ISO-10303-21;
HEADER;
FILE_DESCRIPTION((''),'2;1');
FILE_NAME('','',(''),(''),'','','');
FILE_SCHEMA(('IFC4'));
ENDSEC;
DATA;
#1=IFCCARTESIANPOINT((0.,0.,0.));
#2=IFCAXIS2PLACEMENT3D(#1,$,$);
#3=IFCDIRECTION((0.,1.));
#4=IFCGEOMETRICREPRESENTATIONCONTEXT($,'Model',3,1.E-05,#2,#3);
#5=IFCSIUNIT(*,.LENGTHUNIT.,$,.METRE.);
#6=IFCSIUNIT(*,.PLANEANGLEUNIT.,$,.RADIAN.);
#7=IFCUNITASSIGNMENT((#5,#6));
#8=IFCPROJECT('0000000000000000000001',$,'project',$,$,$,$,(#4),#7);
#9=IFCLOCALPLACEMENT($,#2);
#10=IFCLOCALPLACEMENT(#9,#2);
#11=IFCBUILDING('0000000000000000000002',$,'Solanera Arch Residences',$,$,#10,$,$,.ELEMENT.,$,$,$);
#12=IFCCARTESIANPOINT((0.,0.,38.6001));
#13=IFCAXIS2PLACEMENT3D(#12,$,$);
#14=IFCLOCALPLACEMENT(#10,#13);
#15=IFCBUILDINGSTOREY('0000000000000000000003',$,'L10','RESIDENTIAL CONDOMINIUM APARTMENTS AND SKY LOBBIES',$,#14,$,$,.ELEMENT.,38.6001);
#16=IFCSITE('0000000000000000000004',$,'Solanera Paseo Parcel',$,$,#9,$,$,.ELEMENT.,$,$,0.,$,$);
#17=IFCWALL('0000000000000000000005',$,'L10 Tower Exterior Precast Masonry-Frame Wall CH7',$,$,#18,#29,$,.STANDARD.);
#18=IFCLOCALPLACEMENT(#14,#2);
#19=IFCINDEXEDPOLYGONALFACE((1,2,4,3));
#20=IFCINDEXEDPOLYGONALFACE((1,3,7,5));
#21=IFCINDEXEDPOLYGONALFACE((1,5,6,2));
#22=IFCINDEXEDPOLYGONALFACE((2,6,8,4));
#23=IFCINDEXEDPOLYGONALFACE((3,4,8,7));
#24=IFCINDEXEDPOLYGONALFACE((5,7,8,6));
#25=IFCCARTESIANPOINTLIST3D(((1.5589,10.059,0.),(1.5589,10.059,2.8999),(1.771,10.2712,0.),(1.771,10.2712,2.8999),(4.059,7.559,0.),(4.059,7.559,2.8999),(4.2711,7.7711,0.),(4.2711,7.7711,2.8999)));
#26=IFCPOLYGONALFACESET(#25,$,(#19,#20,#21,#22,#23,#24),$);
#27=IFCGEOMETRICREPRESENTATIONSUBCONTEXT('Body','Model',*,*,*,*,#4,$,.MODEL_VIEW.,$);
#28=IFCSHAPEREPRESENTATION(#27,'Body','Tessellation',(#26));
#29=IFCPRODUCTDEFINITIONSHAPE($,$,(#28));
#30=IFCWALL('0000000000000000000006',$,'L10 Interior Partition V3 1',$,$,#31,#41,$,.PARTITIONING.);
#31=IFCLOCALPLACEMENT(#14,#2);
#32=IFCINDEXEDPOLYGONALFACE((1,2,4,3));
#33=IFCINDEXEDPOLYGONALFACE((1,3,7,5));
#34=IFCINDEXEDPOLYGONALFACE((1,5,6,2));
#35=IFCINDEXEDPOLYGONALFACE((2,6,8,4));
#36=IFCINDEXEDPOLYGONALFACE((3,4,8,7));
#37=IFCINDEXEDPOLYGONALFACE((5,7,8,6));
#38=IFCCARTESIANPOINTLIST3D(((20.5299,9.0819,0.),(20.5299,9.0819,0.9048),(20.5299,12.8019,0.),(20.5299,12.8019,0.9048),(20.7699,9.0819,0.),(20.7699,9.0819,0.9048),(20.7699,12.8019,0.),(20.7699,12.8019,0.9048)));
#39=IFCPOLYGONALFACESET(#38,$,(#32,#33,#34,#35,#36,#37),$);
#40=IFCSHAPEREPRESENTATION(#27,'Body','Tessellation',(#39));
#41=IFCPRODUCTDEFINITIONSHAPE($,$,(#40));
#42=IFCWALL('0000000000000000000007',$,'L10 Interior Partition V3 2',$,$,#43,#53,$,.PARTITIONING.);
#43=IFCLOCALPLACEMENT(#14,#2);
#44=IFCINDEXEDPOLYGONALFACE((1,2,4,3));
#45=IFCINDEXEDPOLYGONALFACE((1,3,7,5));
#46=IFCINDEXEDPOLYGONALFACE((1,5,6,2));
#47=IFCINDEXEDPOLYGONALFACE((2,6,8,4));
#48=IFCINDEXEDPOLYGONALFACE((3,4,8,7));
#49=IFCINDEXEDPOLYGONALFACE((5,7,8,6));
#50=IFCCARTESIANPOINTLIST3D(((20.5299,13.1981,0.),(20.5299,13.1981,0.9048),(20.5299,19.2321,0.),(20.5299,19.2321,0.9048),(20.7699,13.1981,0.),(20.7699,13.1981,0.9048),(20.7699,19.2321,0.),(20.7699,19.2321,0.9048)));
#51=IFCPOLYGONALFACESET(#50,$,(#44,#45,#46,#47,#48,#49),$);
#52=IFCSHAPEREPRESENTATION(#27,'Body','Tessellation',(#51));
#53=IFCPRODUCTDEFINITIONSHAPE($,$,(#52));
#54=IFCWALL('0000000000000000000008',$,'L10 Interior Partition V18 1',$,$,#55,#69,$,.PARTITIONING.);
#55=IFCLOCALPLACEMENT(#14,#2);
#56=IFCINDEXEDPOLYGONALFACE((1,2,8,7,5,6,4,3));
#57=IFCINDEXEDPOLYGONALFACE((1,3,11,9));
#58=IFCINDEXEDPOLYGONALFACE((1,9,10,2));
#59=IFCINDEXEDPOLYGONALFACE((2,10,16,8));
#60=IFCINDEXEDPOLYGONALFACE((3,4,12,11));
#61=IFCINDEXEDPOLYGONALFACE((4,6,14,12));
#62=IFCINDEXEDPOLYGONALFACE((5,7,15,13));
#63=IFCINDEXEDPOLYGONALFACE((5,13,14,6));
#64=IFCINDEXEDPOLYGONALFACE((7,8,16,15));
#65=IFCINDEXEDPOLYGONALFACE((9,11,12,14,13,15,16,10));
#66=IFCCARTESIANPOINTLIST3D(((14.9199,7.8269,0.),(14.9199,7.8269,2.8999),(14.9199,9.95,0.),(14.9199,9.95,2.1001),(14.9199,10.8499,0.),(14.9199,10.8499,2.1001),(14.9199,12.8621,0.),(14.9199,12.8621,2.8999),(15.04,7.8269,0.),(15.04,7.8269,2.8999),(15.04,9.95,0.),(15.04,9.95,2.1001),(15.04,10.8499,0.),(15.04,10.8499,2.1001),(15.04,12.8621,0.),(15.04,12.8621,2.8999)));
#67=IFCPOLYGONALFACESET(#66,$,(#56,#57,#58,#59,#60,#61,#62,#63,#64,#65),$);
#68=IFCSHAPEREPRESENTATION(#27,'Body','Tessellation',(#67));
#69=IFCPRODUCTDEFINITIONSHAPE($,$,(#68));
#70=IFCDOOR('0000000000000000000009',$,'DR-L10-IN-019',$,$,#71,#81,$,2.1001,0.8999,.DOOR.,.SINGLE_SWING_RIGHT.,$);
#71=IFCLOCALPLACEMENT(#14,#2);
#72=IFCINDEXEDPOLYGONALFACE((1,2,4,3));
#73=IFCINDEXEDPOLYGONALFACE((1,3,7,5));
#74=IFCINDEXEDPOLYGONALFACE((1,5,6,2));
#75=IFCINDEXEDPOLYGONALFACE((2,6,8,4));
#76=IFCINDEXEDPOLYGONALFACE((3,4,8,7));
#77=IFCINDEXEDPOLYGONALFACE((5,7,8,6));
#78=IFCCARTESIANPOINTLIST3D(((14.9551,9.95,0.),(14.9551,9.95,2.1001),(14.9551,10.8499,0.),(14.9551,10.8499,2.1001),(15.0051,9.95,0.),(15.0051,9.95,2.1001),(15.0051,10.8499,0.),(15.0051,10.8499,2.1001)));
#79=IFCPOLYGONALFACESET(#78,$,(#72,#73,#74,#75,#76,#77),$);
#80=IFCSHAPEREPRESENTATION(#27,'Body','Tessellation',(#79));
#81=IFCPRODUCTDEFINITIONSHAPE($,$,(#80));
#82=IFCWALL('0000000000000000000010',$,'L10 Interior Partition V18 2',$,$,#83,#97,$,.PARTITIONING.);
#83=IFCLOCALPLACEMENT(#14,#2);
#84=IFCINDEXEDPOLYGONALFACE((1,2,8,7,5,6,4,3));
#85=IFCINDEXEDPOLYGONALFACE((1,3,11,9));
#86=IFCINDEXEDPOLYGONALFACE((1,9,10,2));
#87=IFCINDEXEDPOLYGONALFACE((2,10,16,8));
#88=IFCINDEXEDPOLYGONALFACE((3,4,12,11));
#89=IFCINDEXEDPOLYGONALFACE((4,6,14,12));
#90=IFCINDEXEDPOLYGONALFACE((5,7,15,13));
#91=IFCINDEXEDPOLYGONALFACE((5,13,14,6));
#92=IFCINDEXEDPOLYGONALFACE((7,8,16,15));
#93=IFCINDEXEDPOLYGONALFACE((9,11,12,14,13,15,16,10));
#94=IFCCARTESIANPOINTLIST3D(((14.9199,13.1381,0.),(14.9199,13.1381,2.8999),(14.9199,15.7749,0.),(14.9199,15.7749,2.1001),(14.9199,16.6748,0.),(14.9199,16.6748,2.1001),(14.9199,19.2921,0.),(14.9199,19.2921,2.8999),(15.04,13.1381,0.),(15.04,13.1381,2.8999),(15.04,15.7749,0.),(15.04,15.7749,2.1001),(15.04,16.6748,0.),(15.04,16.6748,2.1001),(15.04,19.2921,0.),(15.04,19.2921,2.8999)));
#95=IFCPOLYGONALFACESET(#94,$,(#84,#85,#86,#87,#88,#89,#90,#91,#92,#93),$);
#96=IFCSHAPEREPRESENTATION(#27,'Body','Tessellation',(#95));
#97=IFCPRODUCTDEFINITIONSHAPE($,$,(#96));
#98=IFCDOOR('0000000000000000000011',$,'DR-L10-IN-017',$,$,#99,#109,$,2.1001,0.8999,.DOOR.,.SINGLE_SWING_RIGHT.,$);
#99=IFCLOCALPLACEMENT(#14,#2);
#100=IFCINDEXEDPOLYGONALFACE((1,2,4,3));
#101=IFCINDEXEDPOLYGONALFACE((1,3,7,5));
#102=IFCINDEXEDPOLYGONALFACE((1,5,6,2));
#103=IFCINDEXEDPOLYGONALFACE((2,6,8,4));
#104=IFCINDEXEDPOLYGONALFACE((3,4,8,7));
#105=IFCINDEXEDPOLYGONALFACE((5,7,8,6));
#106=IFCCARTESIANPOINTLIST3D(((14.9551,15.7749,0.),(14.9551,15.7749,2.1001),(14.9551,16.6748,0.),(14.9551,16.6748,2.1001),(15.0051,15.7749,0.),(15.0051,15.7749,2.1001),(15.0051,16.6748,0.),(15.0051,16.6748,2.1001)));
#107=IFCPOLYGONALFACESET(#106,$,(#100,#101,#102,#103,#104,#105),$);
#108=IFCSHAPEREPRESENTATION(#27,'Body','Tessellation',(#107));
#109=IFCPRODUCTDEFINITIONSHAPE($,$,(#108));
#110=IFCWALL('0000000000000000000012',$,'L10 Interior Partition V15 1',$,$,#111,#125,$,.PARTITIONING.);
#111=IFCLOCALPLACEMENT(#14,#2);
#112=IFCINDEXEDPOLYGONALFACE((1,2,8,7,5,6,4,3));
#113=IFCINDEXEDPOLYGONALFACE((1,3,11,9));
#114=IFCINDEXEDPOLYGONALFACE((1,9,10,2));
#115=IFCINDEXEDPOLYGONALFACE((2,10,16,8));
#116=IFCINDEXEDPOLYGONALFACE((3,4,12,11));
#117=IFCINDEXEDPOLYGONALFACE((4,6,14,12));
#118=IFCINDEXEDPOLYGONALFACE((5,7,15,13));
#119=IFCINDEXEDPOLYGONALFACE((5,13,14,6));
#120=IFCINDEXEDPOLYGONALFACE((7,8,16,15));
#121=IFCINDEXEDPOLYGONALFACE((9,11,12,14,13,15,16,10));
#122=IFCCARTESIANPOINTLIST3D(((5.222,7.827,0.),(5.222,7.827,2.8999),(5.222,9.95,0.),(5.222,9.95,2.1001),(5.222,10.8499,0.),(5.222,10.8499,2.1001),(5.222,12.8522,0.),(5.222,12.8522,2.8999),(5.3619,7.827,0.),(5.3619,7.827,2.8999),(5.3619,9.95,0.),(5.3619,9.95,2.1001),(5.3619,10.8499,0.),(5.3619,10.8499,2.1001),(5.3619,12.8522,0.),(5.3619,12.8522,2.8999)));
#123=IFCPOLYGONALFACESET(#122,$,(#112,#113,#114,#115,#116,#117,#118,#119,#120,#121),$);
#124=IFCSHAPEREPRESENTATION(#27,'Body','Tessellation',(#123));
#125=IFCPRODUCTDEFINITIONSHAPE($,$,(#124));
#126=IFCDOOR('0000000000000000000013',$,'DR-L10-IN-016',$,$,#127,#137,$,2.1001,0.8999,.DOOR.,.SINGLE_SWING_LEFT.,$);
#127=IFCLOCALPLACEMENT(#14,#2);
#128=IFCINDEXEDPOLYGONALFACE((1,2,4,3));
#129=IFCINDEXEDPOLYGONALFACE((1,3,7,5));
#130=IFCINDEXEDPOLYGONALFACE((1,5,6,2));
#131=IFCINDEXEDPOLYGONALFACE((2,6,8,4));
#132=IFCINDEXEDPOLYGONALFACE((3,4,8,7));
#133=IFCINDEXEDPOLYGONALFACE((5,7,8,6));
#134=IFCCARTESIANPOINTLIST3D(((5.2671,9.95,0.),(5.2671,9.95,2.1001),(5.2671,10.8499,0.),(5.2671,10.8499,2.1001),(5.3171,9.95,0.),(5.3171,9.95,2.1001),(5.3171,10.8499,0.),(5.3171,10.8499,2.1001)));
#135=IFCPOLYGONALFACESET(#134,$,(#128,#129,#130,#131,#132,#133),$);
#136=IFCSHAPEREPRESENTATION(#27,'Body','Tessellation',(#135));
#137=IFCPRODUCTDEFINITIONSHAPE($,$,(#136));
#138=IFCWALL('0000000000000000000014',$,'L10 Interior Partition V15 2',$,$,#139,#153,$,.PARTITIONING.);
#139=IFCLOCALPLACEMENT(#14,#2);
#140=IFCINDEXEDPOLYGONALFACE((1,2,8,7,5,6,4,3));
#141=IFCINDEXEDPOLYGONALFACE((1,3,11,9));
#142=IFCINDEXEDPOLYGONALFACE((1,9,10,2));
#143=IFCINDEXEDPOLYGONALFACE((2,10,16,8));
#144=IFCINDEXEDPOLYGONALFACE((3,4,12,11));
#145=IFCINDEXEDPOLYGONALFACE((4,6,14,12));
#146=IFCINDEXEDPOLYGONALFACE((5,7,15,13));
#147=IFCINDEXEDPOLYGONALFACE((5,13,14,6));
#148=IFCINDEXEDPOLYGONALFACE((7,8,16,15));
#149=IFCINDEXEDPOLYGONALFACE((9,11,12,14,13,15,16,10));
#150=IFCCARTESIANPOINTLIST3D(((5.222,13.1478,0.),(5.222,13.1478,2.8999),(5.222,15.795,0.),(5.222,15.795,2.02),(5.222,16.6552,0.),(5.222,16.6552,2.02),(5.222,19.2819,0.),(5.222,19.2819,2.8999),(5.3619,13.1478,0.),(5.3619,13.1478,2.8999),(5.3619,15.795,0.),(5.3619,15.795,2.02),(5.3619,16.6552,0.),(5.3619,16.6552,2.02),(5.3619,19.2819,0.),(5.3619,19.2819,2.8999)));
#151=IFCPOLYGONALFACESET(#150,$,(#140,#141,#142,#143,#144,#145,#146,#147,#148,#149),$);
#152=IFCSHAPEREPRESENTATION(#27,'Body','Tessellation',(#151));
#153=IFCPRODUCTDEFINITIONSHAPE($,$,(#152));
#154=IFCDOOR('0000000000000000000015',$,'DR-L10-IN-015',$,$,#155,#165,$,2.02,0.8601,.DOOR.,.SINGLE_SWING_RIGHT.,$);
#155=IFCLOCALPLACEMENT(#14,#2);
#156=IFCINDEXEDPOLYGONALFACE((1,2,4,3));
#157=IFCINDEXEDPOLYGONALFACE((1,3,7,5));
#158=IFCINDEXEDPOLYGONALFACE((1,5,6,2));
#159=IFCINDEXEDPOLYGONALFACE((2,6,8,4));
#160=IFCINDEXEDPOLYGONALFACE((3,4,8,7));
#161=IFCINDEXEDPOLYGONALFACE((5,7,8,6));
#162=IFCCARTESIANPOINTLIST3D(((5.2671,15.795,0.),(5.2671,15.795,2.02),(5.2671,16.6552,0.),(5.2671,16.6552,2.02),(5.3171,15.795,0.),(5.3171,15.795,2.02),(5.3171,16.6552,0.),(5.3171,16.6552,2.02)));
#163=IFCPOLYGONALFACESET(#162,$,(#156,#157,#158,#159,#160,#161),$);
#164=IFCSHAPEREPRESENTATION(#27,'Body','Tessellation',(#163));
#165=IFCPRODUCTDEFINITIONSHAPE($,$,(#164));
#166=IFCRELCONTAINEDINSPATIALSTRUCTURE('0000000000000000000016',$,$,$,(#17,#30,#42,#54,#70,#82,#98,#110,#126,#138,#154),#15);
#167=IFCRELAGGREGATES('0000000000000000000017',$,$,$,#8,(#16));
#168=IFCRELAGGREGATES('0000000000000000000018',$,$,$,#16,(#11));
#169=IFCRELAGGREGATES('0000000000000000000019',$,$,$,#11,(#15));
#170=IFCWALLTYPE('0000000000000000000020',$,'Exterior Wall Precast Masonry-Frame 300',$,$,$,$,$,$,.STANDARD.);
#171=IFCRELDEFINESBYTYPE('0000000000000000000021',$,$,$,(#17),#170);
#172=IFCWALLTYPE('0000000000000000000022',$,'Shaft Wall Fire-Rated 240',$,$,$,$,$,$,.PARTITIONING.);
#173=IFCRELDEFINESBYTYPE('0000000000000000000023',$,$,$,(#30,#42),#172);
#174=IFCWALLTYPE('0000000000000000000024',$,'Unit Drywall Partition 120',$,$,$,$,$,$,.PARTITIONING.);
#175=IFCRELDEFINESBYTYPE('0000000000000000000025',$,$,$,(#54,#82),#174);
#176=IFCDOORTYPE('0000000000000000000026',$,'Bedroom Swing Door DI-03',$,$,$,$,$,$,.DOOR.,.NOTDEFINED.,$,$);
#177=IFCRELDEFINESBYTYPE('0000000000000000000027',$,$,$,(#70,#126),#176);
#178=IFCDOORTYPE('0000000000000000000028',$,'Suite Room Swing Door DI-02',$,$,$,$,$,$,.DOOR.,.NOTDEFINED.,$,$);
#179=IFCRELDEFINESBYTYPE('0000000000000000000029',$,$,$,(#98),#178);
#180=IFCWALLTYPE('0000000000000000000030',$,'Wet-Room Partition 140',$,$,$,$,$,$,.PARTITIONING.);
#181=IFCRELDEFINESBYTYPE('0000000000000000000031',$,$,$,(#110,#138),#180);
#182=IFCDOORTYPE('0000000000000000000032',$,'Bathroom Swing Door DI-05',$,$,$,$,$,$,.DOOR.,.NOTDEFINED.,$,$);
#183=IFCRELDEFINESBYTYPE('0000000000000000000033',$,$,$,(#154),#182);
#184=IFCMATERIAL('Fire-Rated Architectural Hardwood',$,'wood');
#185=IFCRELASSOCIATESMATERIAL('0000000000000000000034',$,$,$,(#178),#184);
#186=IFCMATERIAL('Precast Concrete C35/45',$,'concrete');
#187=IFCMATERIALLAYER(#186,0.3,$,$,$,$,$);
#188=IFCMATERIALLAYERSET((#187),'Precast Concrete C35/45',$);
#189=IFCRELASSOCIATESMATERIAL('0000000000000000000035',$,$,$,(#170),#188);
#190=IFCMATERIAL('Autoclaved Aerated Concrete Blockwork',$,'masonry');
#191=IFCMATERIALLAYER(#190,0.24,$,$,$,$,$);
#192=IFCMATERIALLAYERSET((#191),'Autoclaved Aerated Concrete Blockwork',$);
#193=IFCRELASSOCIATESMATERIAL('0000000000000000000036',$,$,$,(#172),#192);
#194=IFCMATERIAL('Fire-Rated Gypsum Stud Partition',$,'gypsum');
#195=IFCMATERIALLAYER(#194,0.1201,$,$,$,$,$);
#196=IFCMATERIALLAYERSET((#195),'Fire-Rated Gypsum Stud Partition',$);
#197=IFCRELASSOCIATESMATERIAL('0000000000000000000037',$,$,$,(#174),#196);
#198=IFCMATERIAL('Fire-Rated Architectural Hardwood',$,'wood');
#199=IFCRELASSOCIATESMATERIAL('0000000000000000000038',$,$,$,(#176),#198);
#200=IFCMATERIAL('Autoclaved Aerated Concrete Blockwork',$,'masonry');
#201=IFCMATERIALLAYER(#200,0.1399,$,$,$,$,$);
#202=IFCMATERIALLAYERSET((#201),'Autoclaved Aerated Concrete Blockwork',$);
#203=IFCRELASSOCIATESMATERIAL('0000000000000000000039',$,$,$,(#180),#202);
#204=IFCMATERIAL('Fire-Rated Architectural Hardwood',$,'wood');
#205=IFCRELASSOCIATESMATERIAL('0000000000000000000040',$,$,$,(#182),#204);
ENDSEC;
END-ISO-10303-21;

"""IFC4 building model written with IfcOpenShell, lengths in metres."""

from ifc_helpers import new_model, si_unit, direction, frame, frame_2d, origin, place, context, subcontext, project, spatial, rectangle, extrude, material, layer, layer_set, type_object, element, fill, save


model = new_model("IFC4")

# Units and contexts
model_context = context("Model", 3, precision=1e-05, world=origin(), true_north=direction((0.0, 1.0)))
body_context = subcontext(model_context, "Body", "Model", "MODEL_VIEW")
ifc_project = project(units=[si_unit("LENGTHUNIT", "METRE"), si_unit("PLANEANGLEUNIT", "RADIAN")], contexts=[model_context])

# Site, building, storey
site_placement = place(None, origin())
site = spatial("IfcSite", under=ifc_project, at=site_placement, Name="Solanera Paseo Parcel", CompositionType="ELEMENT", RefElevation=0.0)
building_placement = place(site_placement, origin())
building = spatial("IfcBuilding", under=site, at=building_placement, Name="Solanera Arch Residences", CompositionType="ELEMENT")
storey_placement = place(building_placement, frame((0.0, 0.0, 38.6001)))
storey = spatial("IfcBuildingStorey", under=building, at=storey_placement, Name="L10", Description="RESIDENTIAL CONDOMINIUM APARTMENTS AND SKY LOBBIES", CompositionType="ELEMENT", Elevation=38.6001)

# Shared definitions
ifc_material_1 = material(Name="Fire-Rated Architectural Hardwood", Category="wood")
door_type_1 = type_object("IfcDoorType", Name="Suite Room Swing Door DI-02", OperationType="NOTDEFINED", PredefinedType="DOOR", material=ifc_material_1)

# Walls
ifc_material_2 = material(Name="Precast Concrete C35/45", Category="concrete")
ifc_layer_1 = layer(ifc_material_2, 0.3)
ifc_layer_set_1 = layer_set([ifc_layer_1], Name="Precast Concrete C35/45")
wall_type_1 = type_object("IfcWallType", Name="Exterior Wall Precast Masonry-Frame 300", PredefinedType="STANDARD", material=ifc_layer_set_1)
wall_1_placement = place(storey_placement, frame((4.165, 7.665, 0.0), z_axis=(0.0, 0.0, 1.0), x_axis=(-0.707107, 0.707107, 0.0)))
element("IfcWall", 1, at=wall_1_placement, inside=storey, type_object=wall_type_1, Name="L10 Tower Exterior Precast Masonry-Frame Wall CH7", PredefinedType="STANDARD", context=body_context, shape_type="SweptSolid", body=[
    extrude(rectangle(XDim=3.5356, YDim=0.3, at=frame_2d((1.7678, 0.0))), origin(), (0.0, 0.0, 1.0), 2.8999),
])
ifc_material_3 = material(Name="Autoclaved Aerated Concrete Blockwork", Category="masonry")
ifc_layer_2 = layer(ifc_material_3, 0.24)
ifc_layer_set_2 = layer_set([ifc_layer_2], Name="Autoclaved Aerated Concrete Blockwork")
wall_type_2 = type_object("IfcWallType", Name="Shaft Wall Fire-Rated 240", PredefinedType="PARTITIONING", material=ifc_layer_set_2)
wall_2_placement = place(storey_placement, frame((20.6499, 9.082, 0.0), z_axis=(0.0, 0.0, 1.0), x_axis=(0.0, 1.0, 0.0)))
element("IfcWall", 2, at=wall_2_placement, inside=storey, type_object=wall_type_2, Name="L10 Interior Partition V3 1", PredefinedType="PARTITIONING", context=body_context, shape_type="SweptSolid", body=[
    extrude(rectangle(XDim=3.72, YDim=0.24, at=frame_2d((1.8599, 0.0))), origin(), (0.0, 0.0, 1.0), 0.9048),
])
wall_3_placement = place(storey_placement, frame((20.6499, 13.198, 0.0), z_axis=(0.0, 0.0, 1.0), x_axis=(0.0, 1.0, 0.0)))
element("IfcWall", 3, at=wall_3_placement, inside=storey, type_object=wall_type_2, Name="L10 Interior Partition V3 2", PredefinedType="PARTITIONING", context=body_context, shape_type="SweptSolid", body=[
    extrude(rectangle(XDim=6.0339, YDim=0.24, at=frame_2d((3.0171, 0.0))), origin(), (0.0, 0.0, 1.0), 0.9048),
])

# Walls, openings, doors
ifc_material_4 = material(Name="Fire-Rated Gypsum Stud Partition", Category="gypsum")
ifc_layer_3 = layer(ifc_material_4, 0.1201)
ifc_layer_set_3 = layer_set([ifc_layer_3], Name="Fire-Rated Gypsum Stud Partition")
wall_type_3 = type_object("IfcWallType", Name="Unit Drywall Partition 120", PredefinedType="PARTITIONING", material=ifc_layer_set_3)
wall_4_placement = place(storey_placement, frame((14.98, 7.8269, 0.0), z_axis=(0.0, 0.0, 1.0), x_axis=(0.0, 1.0, 0.0)))
wall_4 = element("IfcWall", 4, at=wall_4_placement, inside=storey, type_object=wall_type_3, Name="L10 Interior Partition V18 1", PredefinedType="PARTITIONING", context=body_context, shape_type="SweptSolid", body=[
    extrude(rectangle(XDim=5.0352, YDim=0.1201, at=frame_2d((2.5176, 0.0))), origin(), (0.0, 0.0, 1.0), 2.8999),
])
opening_1_placement = place(wall_4_placement, frame((2.123, 0.0, 0.0)))
opening_1 = element("IfcOpeningElement", 5, at=opening_1_placement, cuts=wall_4, PredefinedType="OPENING", context=body_context, shape_type="SweptSolid", body=[
    extrude(rectangle(XDim=0.8999, YDim=2.1001, at=frame_2d((0.45, 1.05))), frame((0.0, 0.0701, 0.0), z_axis=(0.0, -1.0, 0.0), x_axis=(1.0, 0.0, 0.0)), (0.0, 0.0, 1.0), 0.1401),
])
ifc_material_5 = material(Name="Fire-Rated Architectural Hardwood", Category="wood")
door_type_2 = type_object("IfcDoorType", Name="Bedroom Swing Door DI-03", OperationType="NOTDEFINED", PredefinedType="DOOR", material=ifc_material_5)
door_1_placement = place(opening_1_placement, origin())
door_1 = element("IfcDoor", 6, at=door_1_placement, inside=storey, type_object=door_type_2, Name="DR-L10-IN-019", OperationType="SINGLE_SWING_RIGHT", OverallHeight=2.1001, OverallWidth=0.8999, PredefinedType="DOOR", context=body_context, shape_type="SweptSolid", body=[
    extrude(rectangle(XDim=0.8999, YDim=2.1001, at=frame_2d((0.45, 1.05))), frame((0.0, 0.0249, 0.0), z_axis=(0.0, -1.0, 0.0), x_axis=(1.0, 0.0, 0.0)), (0.0, 0.0, 1.0), 0.05),
])
fill(opening_1, door_1)
wall_5_placement = place(storey_placement, frame((14.98, 13.1379, 0.0), z_axis=(0.0, 0.0, 1.0), x_axis=(0.0, 1.0, 0.0)))
wall_5 = element("IfcWall", 7, at=wall_5_placement, inside=storey, type_object=wall_type_3, Name="L10 Interior Partition V18 2", PredefinedType="PARTITIONING", context=body_context, shape_type="SweptSolid", body=[
    extrude(rectangle(XDim=6.1541, YDim=0.1201, at=frame_2d((3.0771, 0.0))), origin(), (0.0, 0.0, 1.0), 2.8999),
])
opening_2_placement = place(wall_5_placement, frame((2.637, 0.0, 0.0)))
opening_2 = element("IfcOpeningElement", 8, at=opening_2_placement, cuts=wall_5, PredefinedType="OPENING", context=body_context, shape_type="SweptSolid", body=[
    extrude(rectangle(XDim=0.8999, YDim=2.1001, at=frame_2d((0.45, 1.05))), frame((0.0, 0.0701, 0.0), z_axis=(0.0, -1.0, 0.0), x_axis=(1.0, 0.0, 0.0)), (0.0, 0.0, 1.0), 0.1401),
])
door_2_placement = place(opening_2_placement, origin())
door_2 = element("IfcDoor", 9, at=door_2_placement, inside=storey, type_object=door_type_1, Name="DR-L10-IN-017", OperationType="SINGLE_SWING_RIGHT", OverallHeight=2.1001, OverallWidth=0.8999, PredefinedType="DOOR", context=body_context, shape_type="SweptSolid", body=[
    extrude(rectangle(XDim=0.8999, YDim=2.1001, at=frame_2d((0.45, 1.05))), frame((0.0, 0.0249, 0.0), z_axis=(0.0, -1.0, 0.0), x_axis=(1.0, 0.0, 0.0)), (0.0, 0.0, 1.0), 0.05),
])
fill(opening_2, door_2)
ifc_material_6 = material(Name="Autoclaved Aerated Concrete Blockwork", Category="masonry")
ifc_layer_4 = layer(ifc_material_6, 0.1399)
ifc_layer_set_4 = layer_set([ifc_layer_4], Name="Autoclaved Aerated Concrete Blockwork")
wall_type_4 = type_object("IfcWallType", Name="Wet-Room Partition 140", PredefinedType="PARTITIONING", material=ifc_layer_set_4)
wall_6_placement = place(storey_placement, frame((5.292, 7.8269, 0.0), z_axis=(0.0, 0.0, 1.0), x_axis=(0.0, 1.0, 0.0)))
wall_6 = element("IfcWall", 10, at=wall_6_placement, inside=storey, type_object=wall_type_4, Name="L10 Interior Partition V15 1", PredefinedType="PARTITIONING", context=body_context, shape_type="SweptSolid", body=[
    extrude(rectangle(XDim=5.0251, YDim=0.1399, at=frame_2d((2.5127, 0.0))), origin(), (0.0, 0.0, 1.0), 2.8999),
])
opening_3_placement = place(wall_6_placement, frame((2.123, 0.0, 0.0)))
opening_3 = element("IfcOpeningElement", 11, at=opening_3_placement, cuts=wall_6, PredefinedType="OPENING", context=body_context, shape_type="SweptSolid", body=[
    extrude(rectangle(XDim=0.8999, YDim=2.1001, at=frame_2d((0.45, 1.05))), frame((0.0, 0.0798, 0.0), z_axis=(0.0, -1.0, 0.0), x_axis=(1.0, 0.0, 0.0)), (0.0, 0.0, 1.0), 0.1599),
])
door_3_placement = place(opening_3_placement, origin())
door_3 = element("IfcDoor", 12, at=door_3_placement, inside=storey, type_object=door_type_2, Name="DR-L10-IN-016", OperationType="SINGLE_SWING_LEFT", OverallHeight=2.1001, OverallWidth=0.8999, PredefinedType="DOOR", context=body_context, shape_type="SweptSolid", body=[
    extrude(rectangle(XDim=0.8999, YDim=2.1001, at=frame_2d((0.45, 1.05))), frame((0.0, 0.0249, 0.0), z_axis=(0.0, -1.0, 0.0), x_axis=(1.0, 0.0, 0.0)), (0.0, 0.0, 1.0), 0.05),
])
fill(opening_3, door_3)
wall_7_placement = place(storey_placement, frame((5.292, 13.1479, 0.0), z_axis=(0.0, 0.0, 1.0), x_axis=(0.0, 1.0, 0.0)))
wall_7 = element("IfcWall", 13, at=wall_7_placement, inside=storey, type_object=wall_type_4, Name="L10 Interior Partition V15 2", PredefinedType="PARTITIONING", context=body_context, shape_type="SweptSolid", body=[
    extrude(rectangle(XDim=6.134, YDim=0.1399, at=frame_2d((3.0669, 0.0))), origin(), (0.0, 0.0, 1.0), 2.8999),
])
opening_4_placement = place(wall_7_placement, frame((2.647, 0.0, 0.0)))
opening_4 = element("IfcOpeningElement", 14, at=opening_4_placement, cuts=wall_7, PredefinedType="OPENING", context=body_context, shape_type="SweptSolid", body=[
    extrude(rectangle(XDim=0.8601, YDim=2.02, at=frame_2d((0.4302, 1.01))), frame((0.0, 0.0798, 0.0), z_axis=(0.0, -1.0, 0.0), x_axis=(1.0, 0.0, 0.0)), (0.0, 0.0, 1.0), 0.1599),
])
ifc_material_7 = material(Name="Fire-Rated Architectural Hardwood", Category="wood")
door_type_3 = type_object("IfcDoorType", Name="Bathroom Swing Door DI-05", OperationType="NOTDEFINED", PredefinedType="DOOR", material=ifc_material_7)
door_4_placement = place(opening_4_placement, origin())
door_4 = element("IfcDoor", 15, at=door_4_placement, inside=storey, type_object=door_type_3, Name="DR-L10-IN-015", OperationType="SINGLE_SWING_RIGHT", OverallHeight=2.02, OverallWidth=0.8601, PredefinedType="DOOR", context=body_context, shape_type="SweptSolid", body=[
    extrude(rectangle(XDim=0.8601, YDim=2.02, at=frame_2d((0.4302, 1.01))), frame((0.0, 0.0249, 0.0), z_axis=(0.0, -1.0, 0.0), x_axis=(1.0, 0.0, 0.0)), (0.0, 0.0, 1.0), 0.05),
])
fill(opening_4, door_4)

save(model, "model.ifc")
